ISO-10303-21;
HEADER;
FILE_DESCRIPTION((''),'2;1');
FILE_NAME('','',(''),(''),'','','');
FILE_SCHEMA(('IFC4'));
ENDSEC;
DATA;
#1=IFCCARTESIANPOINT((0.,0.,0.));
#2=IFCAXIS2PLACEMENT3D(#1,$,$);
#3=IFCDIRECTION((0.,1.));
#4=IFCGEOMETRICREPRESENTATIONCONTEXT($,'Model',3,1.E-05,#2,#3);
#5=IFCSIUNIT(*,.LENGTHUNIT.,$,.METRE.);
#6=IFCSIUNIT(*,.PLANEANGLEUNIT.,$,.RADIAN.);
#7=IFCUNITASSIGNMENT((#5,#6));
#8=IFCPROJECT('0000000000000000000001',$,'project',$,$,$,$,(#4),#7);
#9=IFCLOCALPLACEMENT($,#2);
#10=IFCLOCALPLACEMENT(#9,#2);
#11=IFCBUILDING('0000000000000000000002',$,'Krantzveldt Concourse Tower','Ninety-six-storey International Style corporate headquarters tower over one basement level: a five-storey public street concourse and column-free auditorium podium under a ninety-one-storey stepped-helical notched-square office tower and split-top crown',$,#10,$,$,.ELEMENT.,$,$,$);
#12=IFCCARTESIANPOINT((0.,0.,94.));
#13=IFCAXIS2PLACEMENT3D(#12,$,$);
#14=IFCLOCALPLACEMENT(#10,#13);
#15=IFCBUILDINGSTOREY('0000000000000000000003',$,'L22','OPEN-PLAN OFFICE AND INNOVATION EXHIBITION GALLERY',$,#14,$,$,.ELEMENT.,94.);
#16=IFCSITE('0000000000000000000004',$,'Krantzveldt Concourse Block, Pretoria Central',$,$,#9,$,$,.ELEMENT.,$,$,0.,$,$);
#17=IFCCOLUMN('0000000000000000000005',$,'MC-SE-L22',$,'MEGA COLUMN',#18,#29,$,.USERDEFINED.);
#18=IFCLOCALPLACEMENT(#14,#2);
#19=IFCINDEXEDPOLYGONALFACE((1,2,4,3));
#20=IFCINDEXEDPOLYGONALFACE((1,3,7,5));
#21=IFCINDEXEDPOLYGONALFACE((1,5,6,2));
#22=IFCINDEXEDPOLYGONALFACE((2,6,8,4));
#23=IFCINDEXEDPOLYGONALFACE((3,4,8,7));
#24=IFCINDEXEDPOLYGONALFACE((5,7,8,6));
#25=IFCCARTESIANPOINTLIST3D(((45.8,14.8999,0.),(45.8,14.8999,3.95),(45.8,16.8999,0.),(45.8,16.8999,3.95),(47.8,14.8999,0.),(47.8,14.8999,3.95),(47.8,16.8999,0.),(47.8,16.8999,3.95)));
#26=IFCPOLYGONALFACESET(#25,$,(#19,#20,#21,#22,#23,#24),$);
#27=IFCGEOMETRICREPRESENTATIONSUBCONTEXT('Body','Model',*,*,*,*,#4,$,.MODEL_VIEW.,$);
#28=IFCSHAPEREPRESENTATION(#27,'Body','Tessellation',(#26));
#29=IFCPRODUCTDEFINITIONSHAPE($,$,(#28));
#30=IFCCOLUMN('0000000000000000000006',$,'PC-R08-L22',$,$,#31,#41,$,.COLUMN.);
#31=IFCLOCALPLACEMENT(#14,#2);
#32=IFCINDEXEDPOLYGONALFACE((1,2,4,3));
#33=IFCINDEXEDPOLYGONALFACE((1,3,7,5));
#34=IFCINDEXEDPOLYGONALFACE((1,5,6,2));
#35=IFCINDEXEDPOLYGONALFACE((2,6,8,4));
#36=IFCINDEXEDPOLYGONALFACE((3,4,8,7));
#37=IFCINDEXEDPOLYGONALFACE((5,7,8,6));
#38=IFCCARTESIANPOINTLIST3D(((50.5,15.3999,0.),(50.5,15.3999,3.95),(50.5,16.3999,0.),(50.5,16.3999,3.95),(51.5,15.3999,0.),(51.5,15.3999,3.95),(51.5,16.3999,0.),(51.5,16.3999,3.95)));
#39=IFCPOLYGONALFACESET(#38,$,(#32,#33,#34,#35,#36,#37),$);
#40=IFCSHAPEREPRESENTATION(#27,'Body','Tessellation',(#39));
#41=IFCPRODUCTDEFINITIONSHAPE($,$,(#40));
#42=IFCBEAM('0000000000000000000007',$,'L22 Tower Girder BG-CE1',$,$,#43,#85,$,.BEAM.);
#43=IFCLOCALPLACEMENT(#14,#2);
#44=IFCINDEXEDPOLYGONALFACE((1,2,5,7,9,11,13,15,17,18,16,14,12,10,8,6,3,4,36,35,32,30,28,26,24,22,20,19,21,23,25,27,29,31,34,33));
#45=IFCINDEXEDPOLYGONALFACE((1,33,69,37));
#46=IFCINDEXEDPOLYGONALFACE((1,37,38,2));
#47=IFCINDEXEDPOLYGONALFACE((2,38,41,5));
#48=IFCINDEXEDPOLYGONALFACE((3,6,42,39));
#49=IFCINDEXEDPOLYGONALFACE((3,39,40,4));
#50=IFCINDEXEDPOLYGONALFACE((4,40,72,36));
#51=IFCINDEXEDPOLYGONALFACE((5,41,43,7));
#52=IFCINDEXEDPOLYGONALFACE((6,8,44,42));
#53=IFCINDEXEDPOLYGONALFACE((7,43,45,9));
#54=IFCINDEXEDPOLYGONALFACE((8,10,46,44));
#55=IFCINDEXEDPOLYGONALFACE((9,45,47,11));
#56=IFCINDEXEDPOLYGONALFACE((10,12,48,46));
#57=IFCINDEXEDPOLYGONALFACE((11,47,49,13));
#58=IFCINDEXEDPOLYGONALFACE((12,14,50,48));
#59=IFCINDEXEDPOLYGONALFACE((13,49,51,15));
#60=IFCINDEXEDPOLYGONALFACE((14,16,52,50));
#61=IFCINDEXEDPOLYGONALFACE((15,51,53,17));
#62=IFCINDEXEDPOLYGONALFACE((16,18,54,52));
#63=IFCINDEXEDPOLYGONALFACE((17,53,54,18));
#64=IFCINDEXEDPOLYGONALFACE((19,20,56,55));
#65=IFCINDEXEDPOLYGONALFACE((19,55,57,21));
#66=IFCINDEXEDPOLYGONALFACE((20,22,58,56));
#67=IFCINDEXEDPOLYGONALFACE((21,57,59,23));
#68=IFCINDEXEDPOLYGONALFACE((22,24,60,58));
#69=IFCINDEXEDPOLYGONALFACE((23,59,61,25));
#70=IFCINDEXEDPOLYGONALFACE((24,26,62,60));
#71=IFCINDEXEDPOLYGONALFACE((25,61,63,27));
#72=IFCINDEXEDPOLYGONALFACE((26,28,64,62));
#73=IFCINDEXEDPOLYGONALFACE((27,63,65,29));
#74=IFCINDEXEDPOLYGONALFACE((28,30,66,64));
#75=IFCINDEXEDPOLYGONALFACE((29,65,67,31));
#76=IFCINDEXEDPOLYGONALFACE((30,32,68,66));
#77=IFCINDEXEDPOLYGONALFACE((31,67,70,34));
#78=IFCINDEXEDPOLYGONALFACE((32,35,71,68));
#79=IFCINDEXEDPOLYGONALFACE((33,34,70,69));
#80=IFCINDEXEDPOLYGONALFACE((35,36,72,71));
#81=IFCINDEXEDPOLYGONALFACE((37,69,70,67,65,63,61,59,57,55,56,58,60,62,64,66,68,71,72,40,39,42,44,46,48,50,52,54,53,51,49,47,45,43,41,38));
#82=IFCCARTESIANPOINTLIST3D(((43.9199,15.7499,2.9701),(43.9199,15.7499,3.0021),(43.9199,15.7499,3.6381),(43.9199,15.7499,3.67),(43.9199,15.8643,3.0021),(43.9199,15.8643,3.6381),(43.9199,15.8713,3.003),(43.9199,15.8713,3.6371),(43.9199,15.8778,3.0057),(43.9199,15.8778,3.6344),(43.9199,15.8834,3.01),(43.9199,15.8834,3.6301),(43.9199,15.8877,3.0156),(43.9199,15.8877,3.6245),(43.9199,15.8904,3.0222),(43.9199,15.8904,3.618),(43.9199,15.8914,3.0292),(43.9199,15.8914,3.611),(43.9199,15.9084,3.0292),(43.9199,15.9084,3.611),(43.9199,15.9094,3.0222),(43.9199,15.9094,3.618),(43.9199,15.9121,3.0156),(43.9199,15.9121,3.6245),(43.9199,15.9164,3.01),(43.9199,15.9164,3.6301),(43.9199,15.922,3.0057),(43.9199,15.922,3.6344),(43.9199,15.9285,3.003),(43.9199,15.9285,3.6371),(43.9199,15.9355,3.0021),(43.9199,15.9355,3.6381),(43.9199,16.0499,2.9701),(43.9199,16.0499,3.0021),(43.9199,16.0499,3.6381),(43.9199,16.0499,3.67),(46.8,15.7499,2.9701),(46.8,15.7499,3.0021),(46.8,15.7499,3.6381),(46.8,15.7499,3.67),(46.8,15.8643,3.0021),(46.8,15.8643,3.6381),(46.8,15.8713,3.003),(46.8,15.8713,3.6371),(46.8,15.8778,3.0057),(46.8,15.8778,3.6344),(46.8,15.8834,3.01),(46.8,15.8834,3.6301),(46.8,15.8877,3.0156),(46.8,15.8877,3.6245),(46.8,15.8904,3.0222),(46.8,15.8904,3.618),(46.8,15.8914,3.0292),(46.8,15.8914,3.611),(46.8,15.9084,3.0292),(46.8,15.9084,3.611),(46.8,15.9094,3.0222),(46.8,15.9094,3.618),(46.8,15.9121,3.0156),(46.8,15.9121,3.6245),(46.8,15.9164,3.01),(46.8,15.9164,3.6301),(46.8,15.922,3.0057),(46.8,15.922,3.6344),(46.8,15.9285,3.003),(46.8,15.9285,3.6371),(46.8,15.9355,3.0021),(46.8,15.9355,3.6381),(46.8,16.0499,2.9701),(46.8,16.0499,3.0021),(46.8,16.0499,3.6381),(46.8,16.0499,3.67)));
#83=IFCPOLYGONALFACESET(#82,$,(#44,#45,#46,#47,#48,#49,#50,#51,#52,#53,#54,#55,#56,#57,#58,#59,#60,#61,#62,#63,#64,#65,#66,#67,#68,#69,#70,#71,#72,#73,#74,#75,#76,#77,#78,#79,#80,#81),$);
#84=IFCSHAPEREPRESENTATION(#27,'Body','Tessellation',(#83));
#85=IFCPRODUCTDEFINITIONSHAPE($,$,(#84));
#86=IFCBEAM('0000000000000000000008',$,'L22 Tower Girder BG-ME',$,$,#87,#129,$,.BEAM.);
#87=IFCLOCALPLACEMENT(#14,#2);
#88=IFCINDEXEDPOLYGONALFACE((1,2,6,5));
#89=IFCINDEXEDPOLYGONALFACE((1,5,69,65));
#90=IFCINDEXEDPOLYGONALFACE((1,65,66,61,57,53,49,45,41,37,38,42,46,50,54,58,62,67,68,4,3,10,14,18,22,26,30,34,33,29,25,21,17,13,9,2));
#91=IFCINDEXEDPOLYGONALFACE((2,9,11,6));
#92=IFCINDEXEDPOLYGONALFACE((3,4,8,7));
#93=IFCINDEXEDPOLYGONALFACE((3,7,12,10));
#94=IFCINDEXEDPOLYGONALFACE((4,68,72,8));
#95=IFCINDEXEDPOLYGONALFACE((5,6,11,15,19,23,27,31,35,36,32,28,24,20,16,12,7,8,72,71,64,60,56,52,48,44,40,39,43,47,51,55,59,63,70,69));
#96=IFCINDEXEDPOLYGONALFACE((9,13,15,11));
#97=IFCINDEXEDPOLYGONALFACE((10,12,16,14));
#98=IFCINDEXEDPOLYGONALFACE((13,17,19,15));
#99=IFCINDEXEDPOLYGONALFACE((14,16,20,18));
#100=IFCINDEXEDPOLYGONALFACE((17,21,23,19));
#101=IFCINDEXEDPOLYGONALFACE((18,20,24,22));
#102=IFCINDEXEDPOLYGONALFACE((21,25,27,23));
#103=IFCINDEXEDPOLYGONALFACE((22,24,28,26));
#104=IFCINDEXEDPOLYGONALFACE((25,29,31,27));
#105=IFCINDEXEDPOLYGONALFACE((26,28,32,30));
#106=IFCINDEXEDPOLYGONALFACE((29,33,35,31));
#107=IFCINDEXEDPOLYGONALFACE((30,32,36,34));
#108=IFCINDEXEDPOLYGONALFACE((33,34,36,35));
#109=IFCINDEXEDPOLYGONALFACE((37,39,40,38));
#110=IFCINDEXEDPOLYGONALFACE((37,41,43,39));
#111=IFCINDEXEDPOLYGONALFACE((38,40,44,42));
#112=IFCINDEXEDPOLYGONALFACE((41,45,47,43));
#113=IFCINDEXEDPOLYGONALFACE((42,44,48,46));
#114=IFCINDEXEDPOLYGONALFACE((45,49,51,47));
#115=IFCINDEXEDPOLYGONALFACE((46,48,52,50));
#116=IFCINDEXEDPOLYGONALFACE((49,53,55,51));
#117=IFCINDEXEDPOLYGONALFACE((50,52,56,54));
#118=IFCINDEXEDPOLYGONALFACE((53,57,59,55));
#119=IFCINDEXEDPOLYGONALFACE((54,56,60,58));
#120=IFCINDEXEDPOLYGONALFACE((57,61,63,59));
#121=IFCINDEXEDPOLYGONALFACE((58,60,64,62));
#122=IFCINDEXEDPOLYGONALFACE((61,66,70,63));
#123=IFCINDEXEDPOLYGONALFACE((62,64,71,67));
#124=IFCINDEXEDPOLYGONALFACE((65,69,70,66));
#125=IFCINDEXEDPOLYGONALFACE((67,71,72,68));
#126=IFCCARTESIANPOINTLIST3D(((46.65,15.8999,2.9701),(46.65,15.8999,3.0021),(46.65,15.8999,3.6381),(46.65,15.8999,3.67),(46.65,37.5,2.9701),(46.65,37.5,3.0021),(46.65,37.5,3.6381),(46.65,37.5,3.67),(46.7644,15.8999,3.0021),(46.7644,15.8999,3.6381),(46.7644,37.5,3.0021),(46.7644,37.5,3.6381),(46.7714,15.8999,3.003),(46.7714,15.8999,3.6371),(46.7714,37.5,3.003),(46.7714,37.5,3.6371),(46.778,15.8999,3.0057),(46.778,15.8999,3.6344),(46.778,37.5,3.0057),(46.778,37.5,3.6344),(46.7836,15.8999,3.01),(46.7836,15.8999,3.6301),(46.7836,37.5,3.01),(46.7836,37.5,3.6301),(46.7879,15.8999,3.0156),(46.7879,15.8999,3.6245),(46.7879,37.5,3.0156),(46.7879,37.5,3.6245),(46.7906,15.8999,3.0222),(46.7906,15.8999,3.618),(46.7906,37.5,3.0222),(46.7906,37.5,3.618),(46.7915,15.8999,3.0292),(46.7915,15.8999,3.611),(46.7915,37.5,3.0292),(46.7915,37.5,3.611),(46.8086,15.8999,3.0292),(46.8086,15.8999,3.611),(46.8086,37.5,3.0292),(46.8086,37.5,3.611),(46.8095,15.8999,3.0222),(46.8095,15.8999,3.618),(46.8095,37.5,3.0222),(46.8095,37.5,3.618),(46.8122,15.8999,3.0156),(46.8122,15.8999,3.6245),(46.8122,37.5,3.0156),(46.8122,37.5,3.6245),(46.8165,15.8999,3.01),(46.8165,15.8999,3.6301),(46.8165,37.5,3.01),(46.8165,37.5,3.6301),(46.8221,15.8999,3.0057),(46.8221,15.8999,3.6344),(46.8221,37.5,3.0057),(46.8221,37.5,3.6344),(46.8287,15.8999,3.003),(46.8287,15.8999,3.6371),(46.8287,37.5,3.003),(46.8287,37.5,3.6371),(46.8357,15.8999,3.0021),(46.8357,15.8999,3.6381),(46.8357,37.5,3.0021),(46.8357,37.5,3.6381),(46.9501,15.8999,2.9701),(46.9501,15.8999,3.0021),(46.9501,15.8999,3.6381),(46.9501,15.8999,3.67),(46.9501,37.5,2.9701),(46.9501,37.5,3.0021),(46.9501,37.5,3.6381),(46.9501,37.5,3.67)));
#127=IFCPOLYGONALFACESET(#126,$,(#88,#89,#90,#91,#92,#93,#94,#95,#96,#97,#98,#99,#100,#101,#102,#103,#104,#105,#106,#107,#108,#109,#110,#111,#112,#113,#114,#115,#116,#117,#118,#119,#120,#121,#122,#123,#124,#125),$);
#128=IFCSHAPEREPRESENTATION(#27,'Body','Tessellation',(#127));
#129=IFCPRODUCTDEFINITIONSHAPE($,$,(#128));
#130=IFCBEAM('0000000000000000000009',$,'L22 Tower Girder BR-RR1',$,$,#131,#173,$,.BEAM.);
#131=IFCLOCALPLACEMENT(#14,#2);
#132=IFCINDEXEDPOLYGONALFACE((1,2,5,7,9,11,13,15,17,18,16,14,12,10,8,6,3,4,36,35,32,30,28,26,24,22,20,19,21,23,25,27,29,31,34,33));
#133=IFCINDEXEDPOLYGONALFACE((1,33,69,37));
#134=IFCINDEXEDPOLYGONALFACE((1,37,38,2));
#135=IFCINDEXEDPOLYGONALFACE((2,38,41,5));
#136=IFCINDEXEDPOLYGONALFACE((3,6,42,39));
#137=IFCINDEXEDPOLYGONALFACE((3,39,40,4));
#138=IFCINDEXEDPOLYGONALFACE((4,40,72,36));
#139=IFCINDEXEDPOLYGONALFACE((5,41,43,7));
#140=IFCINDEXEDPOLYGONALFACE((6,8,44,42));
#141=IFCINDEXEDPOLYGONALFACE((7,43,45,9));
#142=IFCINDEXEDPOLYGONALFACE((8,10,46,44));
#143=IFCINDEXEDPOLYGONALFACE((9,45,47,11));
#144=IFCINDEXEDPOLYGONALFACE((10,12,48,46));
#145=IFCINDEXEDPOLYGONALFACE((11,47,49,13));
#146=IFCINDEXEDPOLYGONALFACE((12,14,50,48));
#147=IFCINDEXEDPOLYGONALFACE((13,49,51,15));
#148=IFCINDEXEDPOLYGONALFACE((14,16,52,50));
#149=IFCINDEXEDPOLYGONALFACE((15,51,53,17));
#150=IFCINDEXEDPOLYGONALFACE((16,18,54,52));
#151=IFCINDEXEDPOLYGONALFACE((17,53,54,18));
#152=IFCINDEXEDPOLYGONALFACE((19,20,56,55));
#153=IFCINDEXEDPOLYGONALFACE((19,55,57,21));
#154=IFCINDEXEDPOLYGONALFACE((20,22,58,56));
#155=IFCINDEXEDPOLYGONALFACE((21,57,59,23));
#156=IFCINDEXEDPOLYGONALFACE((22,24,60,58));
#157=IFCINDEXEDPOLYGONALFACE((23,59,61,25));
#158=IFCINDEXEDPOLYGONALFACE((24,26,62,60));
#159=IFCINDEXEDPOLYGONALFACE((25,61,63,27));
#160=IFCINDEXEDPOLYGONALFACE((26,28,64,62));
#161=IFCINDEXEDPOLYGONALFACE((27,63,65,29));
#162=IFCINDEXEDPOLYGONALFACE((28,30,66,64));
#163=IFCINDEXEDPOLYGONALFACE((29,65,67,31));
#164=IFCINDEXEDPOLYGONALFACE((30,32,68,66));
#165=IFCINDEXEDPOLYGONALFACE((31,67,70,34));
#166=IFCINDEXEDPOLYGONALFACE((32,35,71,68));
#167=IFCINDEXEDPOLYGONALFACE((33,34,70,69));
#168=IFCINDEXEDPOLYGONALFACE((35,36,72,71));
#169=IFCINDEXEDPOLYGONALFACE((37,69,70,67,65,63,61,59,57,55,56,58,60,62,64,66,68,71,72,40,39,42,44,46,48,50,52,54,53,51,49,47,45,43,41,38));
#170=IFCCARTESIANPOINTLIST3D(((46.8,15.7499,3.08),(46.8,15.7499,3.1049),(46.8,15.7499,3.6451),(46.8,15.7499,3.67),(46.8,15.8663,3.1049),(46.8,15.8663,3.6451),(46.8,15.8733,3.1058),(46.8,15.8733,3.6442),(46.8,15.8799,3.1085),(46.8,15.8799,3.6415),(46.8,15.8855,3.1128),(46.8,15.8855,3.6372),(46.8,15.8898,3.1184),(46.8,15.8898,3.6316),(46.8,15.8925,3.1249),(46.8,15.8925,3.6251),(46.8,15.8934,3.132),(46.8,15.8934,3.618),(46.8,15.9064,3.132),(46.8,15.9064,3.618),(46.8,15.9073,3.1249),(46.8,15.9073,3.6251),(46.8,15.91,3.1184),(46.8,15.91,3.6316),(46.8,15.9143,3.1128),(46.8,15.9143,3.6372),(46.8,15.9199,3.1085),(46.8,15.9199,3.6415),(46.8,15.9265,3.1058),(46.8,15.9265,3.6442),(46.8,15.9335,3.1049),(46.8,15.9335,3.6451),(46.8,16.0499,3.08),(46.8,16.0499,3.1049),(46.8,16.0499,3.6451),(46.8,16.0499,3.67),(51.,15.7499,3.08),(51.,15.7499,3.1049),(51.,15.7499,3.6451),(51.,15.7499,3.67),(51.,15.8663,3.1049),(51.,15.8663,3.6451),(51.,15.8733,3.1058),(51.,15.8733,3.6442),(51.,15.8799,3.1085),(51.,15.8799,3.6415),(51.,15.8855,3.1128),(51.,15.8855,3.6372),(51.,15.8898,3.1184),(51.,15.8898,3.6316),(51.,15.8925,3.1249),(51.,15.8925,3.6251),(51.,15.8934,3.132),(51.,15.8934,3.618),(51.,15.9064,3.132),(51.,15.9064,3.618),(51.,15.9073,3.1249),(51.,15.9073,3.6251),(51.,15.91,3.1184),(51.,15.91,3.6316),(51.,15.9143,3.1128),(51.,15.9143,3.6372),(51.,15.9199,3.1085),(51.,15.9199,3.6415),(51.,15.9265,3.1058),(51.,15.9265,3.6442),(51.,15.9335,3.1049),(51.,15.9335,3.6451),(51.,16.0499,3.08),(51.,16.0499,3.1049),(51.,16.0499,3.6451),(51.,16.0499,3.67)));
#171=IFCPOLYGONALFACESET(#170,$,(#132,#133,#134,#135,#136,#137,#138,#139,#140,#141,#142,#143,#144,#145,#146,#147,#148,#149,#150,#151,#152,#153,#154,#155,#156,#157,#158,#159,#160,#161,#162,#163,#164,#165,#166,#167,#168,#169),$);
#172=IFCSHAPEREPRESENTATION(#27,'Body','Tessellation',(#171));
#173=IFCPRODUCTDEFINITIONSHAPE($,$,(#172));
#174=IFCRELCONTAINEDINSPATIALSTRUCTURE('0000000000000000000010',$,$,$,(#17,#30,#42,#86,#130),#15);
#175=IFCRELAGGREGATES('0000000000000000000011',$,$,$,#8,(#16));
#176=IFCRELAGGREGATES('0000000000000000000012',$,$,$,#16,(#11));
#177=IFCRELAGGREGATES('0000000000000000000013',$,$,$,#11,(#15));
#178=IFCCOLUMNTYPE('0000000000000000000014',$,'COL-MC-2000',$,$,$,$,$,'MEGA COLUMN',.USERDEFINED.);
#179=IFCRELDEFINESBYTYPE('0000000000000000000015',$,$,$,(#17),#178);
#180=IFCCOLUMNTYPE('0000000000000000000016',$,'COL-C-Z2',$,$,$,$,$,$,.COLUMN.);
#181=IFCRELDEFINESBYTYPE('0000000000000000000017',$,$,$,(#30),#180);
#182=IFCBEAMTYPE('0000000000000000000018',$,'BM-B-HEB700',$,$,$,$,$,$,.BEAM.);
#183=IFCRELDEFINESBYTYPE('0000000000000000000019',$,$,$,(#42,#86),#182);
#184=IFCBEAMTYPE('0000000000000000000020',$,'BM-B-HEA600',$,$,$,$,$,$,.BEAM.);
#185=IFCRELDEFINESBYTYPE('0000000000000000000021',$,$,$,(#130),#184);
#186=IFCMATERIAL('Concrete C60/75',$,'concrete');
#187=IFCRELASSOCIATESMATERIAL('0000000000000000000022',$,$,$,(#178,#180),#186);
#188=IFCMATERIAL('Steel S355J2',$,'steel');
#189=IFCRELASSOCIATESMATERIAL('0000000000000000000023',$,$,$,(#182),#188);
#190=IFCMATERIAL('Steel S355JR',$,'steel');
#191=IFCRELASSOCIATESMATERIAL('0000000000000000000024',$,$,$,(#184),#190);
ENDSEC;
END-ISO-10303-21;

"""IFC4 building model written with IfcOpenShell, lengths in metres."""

from ifc_helpers import new_model, si_unit, direction, frame, origin, origin_2d, place, context, subcontext, project, spatial, rectangle, i_section, extrude, source, transform, mapped, material, material_profile, profile_set, type_object, type_shapes, element, save


model = new_model("IFC4")

# Units and contexts
model_context = context("Model", 3, precision=1e-05, world=origin(), true_north=direction((0.0, 1.0)))
body_context = subcontext(model_context, "Body", "Model", "MODEL_VIEW")
ifc_project = project(units=[si_unit("LENGTHUNIT", "METRE"), si_unit("PLANEANGLEUNIT", "RADIAN")], contexts=[model_context])

# Site, building, storey
site_placement = place(None, origin())
site = spatial("IfcSite", under=ifc_project, at=site_placement, Name="Krantzveldt Concourse Block, Pretoria Central", CompositionType="ELEMENT", RefElevation=0.0)
building_placement = place(site_placement, origin())
building = spatial("IfcBuilding", under=site, at=building_placement, Name="Krantzveldt Concourse Tower", Description="Ninety-six-storey International Style corporate headquarters tower over one basement level: a five-storey public street concourse and column-free auditorium podium under a ninety-one-storey stepped-helical notched-square office tower and split-top crown", CompositionType="ELEMENT")
storey_placement = place(building_placement, frame((0.0, 0.0, 94.0)))
storey = spatial("IfcBuildingStorey", under=building, at=storey_placement, Name="L22", Description="OPEN-PLAN OFFICE AND INNOVATION EXHIBITION GALLERY", CompositionType="ELEMENT", Elevation=94.0)

# Columns
ifc_material_1 = material(Name="Concrete C60/75", Category="concrete")
ifc_material_profile_1 = material_profile(ifc_material_1, rectangle(XDim=2.0, YDim=2.0, at=origin_2d()), Name="Concrete C60/75", Category="concrete")
ifc_profile_set_1 = profile_set([ifc_material_profile_1], Name="Concrete C60/75 - RC 2000x2000")
column_type_1 = type_object("IfcColumnType", Name="COL-MC-2000", ElementType="MEGA COLUMN", PredefinedType="USERDEFINED", material=ifc_profile_set_1)
shared_shape_1 = source(origin(), body_context, "Body", "SweptSolid", [
    extrude(rectangle(XDim=2.0, YDim=2.0, at=origin_2d()), origin(), (0.0, 0.0, 1.0), 3.95),
])
type_shapes(column_type_1, [shared_shape_1])
column_1_placement = place(storey_placement, frame((46.8, 15.8999, 0.0), z_axis=(0.0, 0.0, 1.0), x_axis=(1.0, 0.0, 0.0)))
element("IfcColumn", 1, at=column_1_placement, inside=storey, type_object=column_type_1, Name="MC-SE-L22", ObjectType="MEGA COLUMN", PredefinedType="USERDEFINED", context=body_context, shape_type="MappedRepresentation", body=[
    mapped(shared_shape_1, transform((0.0, 0.0, 0.0), x_axis=(1.0, 0.0, 0.0), y_axis=(0.0, 1.0, 0.0), z_axis=(0.0, 0.0, 1.0), scale=1.0)),
])
ifc_material_profile_2 = material_profile(ifc_material_1, rectangle(XDim=1.0, YDim=1.0, at=origin_2d()), Name="Concrete C60/75", Category="concrete")
ifc_profile_set_2 = profile_set([ifc_material_profile_2], Name="Concrete C60/75 - RC 1000x1000")
column_type_2 = type_object("IfcColumnType", Name="COL-C-Z2", PredefinedType="COLUMN", material=ifc_profile_set_2)
shared_shape_2 = source(origin(), body_context, "Body", "SweptSolid", [
    extrude(rectangle(XDim=1.0, YDim=1.0, at=origin_2d()), origin(), (0.0, 0.0, 1.0), 3.95),
])
type_shapes(column_type_2, [shared_shape_2])
column_2_placement = place(storey_placement, frame((51.0, 15.8999, 0.0), z_axis=(0.0, 0.0, 1.0), x_axis=(1.0, 0.0, 0.0)))
element("IfcColumn", 2, at=column_2_placement, inside=storey, type_object=column_type_2, Name="PC-R08-L22", PredefinedType="COLUMN", context=body_context, shape_type="MappedRepresentation", body=[
    mapped(shared_shape_2, transform((0.0, 0.0, 0.0), x_axis=(1.0, 0.0, 0.0), y_axis=(0.0, 1.0, 0.0), z_axis=(0.0, 0.0, 1.0), scale=1.0)),
])

# Beams
ifc_material_2 = material(Name="Steel S355J2", Category="steel")
ifc_material_profile_3 = material_profile(ifc_material_2, i_section(OverallWidth=0.3, OverallDepth=0.7, WebThickness=0.0171, FlangeThickness=0.032, FilletRadius=0.0271, at=origin_2d()), Name="Steel S355J2", Category="steel")
ifc_profile_set_3 = profile_set([ifc_material_profile_3], Name="Steel S355J2 - HEB 700")
beam_type_1 = type_object("IfcBeamType", Name="BM-B-HEB700", PredefinedType="BEAM", material=ifc_profile_set_3)
shared_shape_3 = source(origin(), body_context, "Body", "SweptSolid", [
    extrude(i_section(OverallWidth=0.3, OverallDepth=0.7, WebThickness=0.0171, FlangeThickness=0.032, FilletRadius=0.0271, at=origin_2d()), origin(), (0.0, 0.0, 1.0), 2.8801),
])
beam_1_placement = place(storey_placement, frame((43.9199, 15.8999, 3.3201), z_axis=(1.0, 0.0, 0.0), x_axis=(0.0, 1.0, 0.0)))
element("IfcBeam", 3, at=beam_1_placement, inside=storey, type_object=beam_type_1, Name="L22 Tower Girder BG-CE1", PredefinedType="BEAM", context=body_context, shape_type="MappedRepresentation", body=[
    mapped(shared_shape_3, transform((0.0, 0.0, 0.0), x_axis=(1.0, 0.0, 0.0), y_axis=(0.0, 1.0, 0.0), z_axis=(0.0, 0.0, 1.0), scale=1.0)),
])
shared_shape_4 = source(origin(), body_context, "Body", "SweptSolid", [
    extrude(i_section(OverallWidth=0.3, OverallDepth=0.7, WebThickness=0.0171, FlangeThickness=0.032, FilletRadius=0.0271, at=origin_2d()), origin(), (0.0, 0.0, 1.0), 21.6001),
])
type_shapes(beam_type_1, [shared_shape_3, shared_shape_4])
beam_2_placement = place(storey_placement, frame((46.8, 15.8999, 3.3201), z_axis=(0.0, 1.0, 0.0), x_axis=(-1.0, 0.0, 0.0)))
element("IfcBeam", 4, at=beam_2_placement, inside=storey, type_object=beam_type_1, Name="L22 Tower Girder BG-ME", PredefinedType="BEAM", context=body_context, shape_type="MappedRepresentation", body=[
    mapped(shared_shape_4, transform((0.0, 0.0, 0.0), x_axis=(1.0, 0.0, 0.0), y_axis=(0.0, 1.0, 0.0), z_axis=(0.0, 0.0, 1.0), scale=1.0)),
])
ifc_material_3 = material(Name="Steel S355JR", Category="steel")
ifc_material_profile_4 = material_profile(ifc_material_3, i_section(OverallWidth=0.3, OverallDepth=0.5901, WebThickness=0.0129, FlangeThickness=0.0249, FilletRadius=0.0271, at=origin_2d()), Name="Steel S355JR", Category="steel")
ifc_profile_set_4 = profile_set([ifc_material_profile_4], Name="Steel S355JR - HEA 600")
beam_type_2 = type_object("IfcBeamType", Name="BM-B-HEA600", PredefinedType="BEAM", material=ifc_profile_set_4)
shared_shape_5 = source(origin(), body_context, "Body", "SweptSolid", [
    extrude(i_section(OverallWidth=0.3, OverallDepth=0.5901, WebThickness=0.0129, FlangeThickness=0.0249, FilletRadius=0.0271, at=origin_2d()), origin(), (0.0, 0.0, 1.0), 4.2),
])
beam_3_placement = place(storey_placement, frame((46.8, 15.8999, 3.375), z_axis=(1.0, 0.0, 0.0), x_axis=(0.0, 1.0, 0.0)))
element("IfcBeam", 5, at=beam_3_placement, inside=storey, type_object=beam_type_2, Name="L22 Tower Girder BR-RR1", PredefinedType="BEAM", context=body_context, shape_type="MappedRepresentation", body=[
    mapped(shared_shape_5, transform((0.0, 0.0, 0.0), x_axis=(1.0, 0.0, 0.0), y_axis=(0.0, 1.0, 0.0), z_axis=(0.0, 0.0, 1.0), scale=1.0)),
])

save(model, "model.ifc")
